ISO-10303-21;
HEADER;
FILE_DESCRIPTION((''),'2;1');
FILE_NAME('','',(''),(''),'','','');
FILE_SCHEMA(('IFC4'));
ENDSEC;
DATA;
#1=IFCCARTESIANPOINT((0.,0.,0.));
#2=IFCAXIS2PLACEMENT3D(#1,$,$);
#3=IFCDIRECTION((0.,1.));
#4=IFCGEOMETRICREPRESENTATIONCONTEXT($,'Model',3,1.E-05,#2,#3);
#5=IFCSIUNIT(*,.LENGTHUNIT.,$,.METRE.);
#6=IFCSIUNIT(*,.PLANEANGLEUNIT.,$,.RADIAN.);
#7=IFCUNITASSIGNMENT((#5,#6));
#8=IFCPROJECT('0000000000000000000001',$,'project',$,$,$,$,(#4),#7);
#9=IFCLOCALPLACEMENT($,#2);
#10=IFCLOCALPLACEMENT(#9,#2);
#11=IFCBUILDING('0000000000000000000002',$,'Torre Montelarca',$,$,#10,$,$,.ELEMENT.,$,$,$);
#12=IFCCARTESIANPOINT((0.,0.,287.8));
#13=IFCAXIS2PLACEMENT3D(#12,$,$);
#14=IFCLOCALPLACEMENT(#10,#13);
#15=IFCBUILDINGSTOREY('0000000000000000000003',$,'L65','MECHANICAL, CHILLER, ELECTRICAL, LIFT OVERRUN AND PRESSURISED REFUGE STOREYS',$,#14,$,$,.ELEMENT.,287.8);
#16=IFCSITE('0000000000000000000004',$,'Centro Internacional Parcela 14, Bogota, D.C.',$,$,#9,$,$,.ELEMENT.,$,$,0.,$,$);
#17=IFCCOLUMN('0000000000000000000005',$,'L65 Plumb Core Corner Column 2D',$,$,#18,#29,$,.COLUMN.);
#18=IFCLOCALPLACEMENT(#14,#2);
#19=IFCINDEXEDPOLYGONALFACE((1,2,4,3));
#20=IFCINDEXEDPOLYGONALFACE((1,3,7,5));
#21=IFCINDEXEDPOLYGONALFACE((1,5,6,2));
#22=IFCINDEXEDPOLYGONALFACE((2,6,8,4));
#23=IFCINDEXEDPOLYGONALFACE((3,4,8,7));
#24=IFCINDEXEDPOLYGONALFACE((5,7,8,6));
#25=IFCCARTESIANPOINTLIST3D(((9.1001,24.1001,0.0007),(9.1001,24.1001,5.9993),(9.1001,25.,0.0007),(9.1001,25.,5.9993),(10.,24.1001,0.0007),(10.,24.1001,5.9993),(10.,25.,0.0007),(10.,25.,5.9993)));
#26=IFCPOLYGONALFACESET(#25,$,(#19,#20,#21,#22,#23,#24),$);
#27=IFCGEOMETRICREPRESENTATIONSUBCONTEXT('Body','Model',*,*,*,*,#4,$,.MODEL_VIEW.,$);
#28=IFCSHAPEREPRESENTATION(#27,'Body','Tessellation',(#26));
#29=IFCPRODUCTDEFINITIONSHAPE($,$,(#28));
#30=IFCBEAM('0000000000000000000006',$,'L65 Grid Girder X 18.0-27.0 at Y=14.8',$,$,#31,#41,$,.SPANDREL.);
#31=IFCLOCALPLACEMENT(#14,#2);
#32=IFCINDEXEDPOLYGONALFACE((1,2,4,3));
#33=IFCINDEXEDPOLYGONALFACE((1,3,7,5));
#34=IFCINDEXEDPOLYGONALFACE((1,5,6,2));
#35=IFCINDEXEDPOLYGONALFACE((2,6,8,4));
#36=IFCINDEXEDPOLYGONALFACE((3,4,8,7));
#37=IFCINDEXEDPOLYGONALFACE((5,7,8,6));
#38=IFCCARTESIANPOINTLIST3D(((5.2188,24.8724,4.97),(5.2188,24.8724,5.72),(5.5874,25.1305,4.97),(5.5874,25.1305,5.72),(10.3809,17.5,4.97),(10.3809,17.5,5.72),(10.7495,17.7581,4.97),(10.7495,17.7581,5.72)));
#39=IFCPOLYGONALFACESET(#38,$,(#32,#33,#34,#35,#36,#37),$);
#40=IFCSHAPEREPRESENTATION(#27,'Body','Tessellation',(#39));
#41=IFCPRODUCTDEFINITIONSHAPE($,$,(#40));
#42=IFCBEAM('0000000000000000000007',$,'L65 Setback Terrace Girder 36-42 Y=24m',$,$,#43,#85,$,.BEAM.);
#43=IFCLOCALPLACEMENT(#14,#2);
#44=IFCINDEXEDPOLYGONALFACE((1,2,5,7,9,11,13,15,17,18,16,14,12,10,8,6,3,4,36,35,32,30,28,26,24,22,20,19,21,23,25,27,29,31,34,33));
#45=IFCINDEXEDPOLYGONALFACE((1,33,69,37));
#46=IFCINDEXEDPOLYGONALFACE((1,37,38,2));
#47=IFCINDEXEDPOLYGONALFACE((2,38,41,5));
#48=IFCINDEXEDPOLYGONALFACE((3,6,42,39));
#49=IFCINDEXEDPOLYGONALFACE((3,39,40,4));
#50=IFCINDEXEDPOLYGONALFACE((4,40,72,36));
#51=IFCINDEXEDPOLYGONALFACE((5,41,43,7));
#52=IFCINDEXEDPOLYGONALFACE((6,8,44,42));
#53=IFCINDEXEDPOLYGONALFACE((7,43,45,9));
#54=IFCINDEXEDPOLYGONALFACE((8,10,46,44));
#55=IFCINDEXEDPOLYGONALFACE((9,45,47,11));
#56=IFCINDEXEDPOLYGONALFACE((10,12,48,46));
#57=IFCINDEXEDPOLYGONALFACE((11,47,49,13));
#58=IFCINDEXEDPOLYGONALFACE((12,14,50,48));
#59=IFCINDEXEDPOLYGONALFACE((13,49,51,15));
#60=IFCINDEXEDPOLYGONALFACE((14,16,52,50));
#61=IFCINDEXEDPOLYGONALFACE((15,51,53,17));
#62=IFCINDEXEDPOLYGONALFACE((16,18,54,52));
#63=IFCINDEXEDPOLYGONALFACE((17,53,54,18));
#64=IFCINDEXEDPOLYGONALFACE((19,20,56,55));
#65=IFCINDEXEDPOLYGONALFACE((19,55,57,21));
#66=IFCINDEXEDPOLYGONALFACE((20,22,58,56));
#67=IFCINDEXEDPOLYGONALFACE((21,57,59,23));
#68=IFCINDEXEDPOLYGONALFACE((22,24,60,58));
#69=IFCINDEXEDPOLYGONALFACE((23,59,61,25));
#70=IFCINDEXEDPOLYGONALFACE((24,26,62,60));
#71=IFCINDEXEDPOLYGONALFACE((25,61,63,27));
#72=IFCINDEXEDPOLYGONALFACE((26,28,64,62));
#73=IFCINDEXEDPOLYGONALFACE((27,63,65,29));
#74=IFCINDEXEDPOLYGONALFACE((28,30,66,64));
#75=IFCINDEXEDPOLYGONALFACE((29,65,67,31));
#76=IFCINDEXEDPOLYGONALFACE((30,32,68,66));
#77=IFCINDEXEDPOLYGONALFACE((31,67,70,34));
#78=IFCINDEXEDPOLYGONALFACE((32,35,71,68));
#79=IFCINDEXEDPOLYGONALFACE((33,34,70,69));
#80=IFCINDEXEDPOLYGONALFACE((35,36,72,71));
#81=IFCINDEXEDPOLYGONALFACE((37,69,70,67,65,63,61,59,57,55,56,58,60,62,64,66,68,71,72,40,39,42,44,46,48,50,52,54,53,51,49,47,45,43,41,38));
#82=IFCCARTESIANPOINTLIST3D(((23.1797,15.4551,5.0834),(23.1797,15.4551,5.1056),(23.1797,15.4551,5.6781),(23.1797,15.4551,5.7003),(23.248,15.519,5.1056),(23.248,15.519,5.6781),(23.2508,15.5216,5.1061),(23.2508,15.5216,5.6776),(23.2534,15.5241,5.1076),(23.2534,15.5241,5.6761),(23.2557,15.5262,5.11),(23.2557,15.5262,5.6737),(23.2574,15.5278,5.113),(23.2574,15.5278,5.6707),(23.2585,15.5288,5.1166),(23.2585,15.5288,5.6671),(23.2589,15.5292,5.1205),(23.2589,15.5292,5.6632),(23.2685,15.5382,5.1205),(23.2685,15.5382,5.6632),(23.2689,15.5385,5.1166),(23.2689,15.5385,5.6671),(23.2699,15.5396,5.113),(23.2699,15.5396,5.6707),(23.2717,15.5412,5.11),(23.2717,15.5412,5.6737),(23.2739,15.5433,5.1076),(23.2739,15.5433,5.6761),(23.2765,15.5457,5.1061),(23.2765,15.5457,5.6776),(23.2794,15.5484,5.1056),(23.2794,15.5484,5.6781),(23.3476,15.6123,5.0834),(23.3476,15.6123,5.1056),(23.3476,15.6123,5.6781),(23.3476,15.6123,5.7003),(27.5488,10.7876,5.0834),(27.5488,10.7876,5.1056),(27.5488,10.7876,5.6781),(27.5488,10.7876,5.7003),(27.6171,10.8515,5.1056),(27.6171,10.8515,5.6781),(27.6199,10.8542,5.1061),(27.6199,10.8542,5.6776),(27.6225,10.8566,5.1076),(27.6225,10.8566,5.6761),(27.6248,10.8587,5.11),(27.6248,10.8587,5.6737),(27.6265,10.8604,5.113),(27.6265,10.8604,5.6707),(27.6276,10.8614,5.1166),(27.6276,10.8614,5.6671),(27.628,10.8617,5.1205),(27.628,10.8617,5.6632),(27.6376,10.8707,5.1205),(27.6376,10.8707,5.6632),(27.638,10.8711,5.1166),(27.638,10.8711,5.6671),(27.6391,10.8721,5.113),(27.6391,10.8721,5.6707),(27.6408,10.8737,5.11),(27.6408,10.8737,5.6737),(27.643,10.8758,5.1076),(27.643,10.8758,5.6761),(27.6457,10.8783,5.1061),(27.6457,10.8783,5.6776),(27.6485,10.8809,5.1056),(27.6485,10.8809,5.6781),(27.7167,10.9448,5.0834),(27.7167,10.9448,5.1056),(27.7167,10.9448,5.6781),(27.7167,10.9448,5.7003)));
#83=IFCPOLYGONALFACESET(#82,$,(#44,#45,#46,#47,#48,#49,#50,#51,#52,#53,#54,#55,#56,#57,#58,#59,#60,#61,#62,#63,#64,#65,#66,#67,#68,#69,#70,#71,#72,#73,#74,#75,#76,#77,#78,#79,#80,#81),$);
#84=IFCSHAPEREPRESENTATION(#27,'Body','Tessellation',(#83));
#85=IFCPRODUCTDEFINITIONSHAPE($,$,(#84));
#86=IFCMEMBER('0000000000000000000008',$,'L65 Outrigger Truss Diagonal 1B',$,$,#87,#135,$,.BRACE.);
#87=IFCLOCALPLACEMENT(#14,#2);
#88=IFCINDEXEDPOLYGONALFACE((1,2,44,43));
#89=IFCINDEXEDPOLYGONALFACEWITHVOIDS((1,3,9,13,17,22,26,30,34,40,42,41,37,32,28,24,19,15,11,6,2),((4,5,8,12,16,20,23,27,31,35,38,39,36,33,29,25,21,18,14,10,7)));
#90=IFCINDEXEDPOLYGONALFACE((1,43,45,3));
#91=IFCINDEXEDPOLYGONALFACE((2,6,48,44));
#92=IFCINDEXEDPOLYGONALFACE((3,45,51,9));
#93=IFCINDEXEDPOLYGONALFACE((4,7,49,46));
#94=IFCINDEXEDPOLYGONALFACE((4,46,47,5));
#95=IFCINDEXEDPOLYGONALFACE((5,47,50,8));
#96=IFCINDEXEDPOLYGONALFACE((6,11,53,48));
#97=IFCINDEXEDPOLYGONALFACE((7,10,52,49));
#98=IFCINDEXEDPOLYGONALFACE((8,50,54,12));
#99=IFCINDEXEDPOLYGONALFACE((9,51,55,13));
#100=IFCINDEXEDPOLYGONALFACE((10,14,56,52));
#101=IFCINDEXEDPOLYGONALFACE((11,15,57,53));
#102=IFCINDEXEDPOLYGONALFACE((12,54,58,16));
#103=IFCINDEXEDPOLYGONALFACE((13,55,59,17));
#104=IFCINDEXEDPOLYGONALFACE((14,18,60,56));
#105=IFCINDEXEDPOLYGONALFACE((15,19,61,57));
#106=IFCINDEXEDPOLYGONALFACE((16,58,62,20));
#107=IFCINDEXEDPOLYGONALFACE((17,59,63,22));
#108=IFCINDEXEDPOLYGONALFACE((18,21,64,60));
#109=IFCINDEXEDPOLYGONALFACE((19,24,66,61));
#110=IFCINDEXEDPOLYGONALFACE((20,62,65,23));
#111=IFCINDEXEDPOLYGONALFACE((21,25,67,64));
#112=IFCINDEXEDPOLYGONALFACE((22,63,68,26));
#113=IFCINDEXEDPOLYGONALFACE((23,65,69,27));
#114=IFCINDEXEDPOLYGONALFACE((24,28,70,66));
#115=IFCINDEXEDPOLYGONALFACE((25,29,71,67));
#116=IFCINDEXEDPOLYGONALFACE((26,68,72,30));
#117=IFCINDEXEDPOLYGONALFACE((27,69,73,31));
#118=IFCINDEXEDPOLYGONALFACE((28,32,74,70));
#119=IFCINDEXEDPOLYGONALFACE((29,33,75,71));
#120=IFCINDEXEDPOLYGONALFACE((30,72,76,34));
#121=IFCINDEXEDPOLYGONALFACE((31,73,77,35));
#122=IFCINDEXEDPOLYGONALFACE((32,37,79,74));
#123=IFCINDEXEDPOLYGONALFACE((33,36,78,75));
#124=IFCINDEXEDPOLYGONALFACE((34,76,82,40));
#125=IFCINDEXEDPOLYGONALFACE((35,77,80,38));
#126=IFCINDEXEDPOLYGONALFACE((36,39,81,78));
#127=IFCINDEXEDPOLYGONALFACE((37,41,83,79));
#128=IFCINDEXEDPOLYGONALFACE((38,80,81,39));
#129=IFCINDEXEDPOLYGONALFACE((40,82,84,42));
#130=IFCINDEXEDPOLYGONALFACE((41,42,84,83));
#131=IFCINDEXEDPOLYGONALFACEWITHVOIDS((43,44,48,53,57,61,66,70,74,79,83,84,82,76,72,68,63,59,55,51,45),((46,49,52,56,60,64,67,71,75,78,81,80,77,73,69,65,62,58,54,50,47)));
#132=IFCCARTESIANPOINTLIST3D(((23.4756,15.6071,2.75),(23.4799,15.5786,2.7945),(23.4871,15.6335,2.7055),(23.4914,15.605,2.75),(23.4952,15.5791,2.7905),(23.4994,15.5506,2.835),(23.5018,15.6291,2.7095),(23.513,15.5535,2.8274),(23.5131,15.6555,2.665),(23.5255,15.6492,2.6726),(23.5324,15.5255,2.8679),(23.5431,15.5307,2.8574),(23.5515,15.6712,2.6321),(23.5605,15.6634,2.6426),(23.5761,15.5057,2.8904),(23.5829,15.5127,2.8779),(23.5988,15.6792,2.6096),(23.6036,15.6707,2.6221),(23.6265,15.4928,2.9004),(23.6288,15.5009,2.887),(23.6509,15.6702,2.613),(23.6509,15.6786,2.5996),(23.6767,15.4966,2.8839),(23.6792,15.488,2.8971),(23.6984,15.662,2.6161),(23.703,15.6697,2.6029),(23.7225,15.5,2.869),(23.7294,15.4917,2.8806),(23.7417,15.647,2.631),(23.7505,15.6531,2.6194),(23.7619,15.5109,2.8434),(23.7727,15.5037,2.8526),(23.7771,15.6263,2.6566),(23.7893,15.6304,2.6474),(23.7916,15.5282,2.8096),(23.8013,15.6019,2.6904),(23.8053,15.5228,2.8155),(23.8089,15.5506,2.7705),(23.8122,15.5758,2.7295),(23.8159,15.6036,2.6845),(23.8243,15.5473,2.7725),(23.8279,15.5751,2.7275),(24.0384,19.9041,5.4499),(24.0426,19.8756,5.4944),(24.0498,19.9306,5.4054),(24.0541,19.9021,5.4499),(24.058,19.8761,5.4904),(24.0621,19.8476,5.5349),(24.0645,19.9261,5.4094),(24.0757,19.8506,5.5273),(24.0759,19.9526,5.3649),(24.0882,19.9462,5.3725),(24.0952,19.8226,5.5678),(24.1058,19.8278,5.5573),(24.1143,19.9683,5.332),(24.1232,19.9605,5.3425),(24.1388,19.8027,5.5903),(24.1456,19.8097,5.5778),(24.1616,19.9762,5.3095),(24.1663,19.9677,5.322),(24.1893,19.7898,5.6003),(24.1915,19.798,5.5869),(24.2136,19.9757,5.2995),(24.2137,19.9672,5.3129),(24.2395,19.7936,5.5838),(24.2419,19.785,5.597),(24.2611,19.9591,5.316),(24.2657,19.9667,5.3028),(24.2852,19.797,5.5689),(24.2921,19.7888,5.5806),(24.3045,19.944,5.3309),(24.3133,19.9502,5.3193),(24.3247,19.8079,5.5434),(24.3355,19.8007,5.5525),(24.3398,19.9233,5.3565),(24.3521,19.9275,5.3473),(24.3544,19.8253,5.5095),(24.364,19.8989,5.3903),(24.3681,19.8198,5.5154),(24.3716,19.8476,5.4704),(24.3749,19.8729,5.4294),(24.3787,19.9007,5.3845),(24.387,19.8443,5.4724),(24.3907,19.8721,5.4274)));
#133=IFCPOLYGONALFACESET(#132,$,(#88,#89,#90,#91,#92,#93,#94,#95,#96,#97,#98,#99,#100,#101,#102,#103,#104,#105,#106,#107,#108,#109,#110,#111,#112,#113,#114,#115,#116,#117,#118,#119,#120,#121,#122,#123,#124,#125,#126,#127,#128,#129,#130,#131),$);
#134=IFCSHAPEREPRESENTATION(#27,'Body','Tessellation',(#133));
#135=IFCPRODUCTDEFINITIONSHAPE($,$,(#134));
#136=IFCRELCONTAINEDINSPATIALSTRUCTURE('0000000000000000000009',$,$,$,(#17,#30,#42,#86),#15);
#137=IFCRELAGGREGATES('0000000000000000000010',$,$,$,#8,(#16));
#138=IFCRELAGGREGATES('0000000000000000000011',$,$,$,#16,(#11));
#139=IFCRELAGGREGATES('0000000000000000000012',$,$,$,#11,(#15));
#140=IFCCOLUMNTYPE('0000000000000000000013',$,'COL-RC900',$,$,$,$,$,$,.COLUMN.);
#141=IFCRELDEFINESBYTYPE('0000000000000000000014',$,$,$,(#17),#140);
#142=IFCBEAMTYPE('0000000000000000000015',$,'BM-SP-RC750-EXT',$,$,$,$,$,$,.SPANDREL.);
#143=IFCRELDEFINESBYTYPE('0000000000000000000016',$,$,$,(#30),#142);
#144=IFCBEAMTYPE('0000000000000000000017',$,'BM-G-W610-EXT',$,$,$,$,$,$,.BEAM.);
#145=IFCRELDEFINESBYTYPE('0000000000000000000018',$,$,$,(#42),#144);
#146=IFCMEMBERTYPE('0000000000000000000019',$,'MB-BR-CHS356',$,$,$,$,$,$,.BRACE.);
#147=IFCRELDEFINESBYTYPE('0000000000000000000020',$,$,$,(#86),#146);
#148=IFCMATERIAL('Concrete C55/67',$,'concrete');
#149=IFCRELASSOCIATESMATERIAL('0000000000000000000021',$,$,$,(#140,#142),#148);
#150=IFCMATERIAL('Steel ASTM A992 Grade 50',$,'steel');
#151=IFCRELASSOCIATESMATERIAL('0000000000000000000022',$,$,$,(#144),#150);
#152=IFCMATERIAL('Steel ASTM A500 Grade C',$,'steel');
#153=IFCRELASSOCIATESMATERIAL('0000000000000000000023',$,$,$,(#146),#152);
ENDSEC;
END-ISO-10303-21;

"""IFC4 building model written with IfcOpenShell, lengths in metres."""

from ifc_helpers import new_model, si_unit, direction, frame, origin, origin_2d, place, context, subcontext, project, spatial, rectangle, hollow_circle, i_section, extrude, source, transform, mapped, material, material_profile, profile_set, type_object, element, save


model = new_model("IFC4")

# Units and contexts
model_context = context("Model", 3, precision=1e-05, world=origin(), true_north=direction((0.0, 1.0)))
body_context = subcontext(model_context, "Body", "Model", "MODEL_VIEW")
ifc_project = project(units=[si_unit("LENGTHUNIT", "METRE"), si_unit("PLANEANGLEUNIT", "RADIAN")], contexts=[model_context])

# Site, building, storey
site_placement = place(None, origin())
site = spatial("IfcSite", under=ifc_project, at=site_placement, Name="Centro Internacional Parcela 14, Bogota, D.C.", CompositionType="ELEMENT", RefElevation=0.0)
building_placement = place(site_placement, origin())
building = spatial("IfcBuilding", under=site, at=building_placement, Name="Torre Montelarca", CompositionType="ELEMENT")
storey_placement = place(building_placement, frame((0.0, 0.0, 287.8)))
storey = spatial("IfcBuildingStorey", under=building, at=storey_placement, Name="L65", Description="MECHANICAL, CHILLER, ELECTRICAL, LIFT OVERRUN AND PRESSURISED REFUGE STOREYS", CompositionType="ELEMENT", Elevation=287.8)

# Column
ifc_material_1 = material(Name="Concrete C55/67", Category="concrete")
ifc_material_profile_1 = material_profile(ifc_material_1, rectangle(XDim=0.8999, YDim=0.8999, at=origin_2d()), Name="RC900X900", Category="concrete")
ifc_profile_set_1 = profile_set([ifc_material_profile_1], Name="Concrete C55/67")
column_type_1 = type_object("IfcColumnType", Name="COL-RC900", PredefinedType="COLUMN", material=ifc_profile_set_1)
shared_shape_1 = source(origin(), body_context, "Body", "SweptSolid", [
    extrude(rectangle(XDim=0.8999, YDim=0.8999, at=origin_2d()), origin(), (0.0, 0.0, 1.0), 5.9985),
])
column_1_placement = place(storey_placement, frame((9.55, 24.55, 0.0007), z_axis=(0.0, 0.0, 1.0), x_axis=(1.0, 0.0, 0.0)))
element("IfcColumn", 1, at=column_1_placement, inside=storey, type_object=column_type_1, Name="L65 Plumb Core Corner Column 2D", PredefinedType="COLUMN", context=body_context, shape_type="MappedRepresentation", body=[
    mapped(shared_shape_1, transform((0.0, 0.0, 0.0), scale=1.0)),
])

# Beams
ifc_material_profile_2 = material_profile(ifc_material_1, rectangle(XDim=0.45, YDim=0.75, at=origin_2d()), Name="RCB450X750", Category="concrete")
ifc_profile_set_2 = profile_set([ifc_material_profile_2], Name="Concrete C55/67")
beam_type_1 = type_object("IfcBeamType", Name="BM-SP-RC750-EXT", PredefinedType="SPANDREL", material=ifc_profile_set_2)
shared_shape_2 = source(origin(), body_context, "Body", "SweptSolid", [
    extrude(rectangle(XDim=0.45, YDim=0.75, at=origin_2d()), origin(), (0.0, 0.0, 1.0), 9.0),
])
beam_1_placement = place(storey_placement, frame((5.4031, 25.0015, 5.345), z_axis=(0.573573, -0.819154, 0.0), x_axis=(0.819154, 0.573573, 0.0)))
element("IfcBeam", 2, at=beam_1_placement, inside=storey, type_object=beam_type_1, Name="L65 Grid Girder X 18.0-27.0 at Y=14.8", PredefinedType="SPANDREL", context=body_context, shape_type="MappedRepresentation", body=[
    mapped(shared_shape_2, transform((0.0, 0.0, 0.0), scale=1.0)),
])
ifc_material_2 = material(Name="Steel ASTM A992 Grade 50", Category="steel")
ifc_material_profile_3 = material_profile(ifc_material_2, i_section(OverallWidth=0.23, OverallDepth=0.6169, WebThickness=0.0132, FlangeThickness=0.0222, FilletRadius=0.0149, at=origin_2d()), Name="W610X140", Category="steel")
ifc_profile_set_3 = profile_set([ifc_material_profile_3], Name="Steel ASTM A992 Grade 50")
beam_type_2 = type_object("IfcBeamType", Name="BM-G-W610-EXT", PredefinedType="BEAM", material=ifc_profile_set_3)
shared_shape_3 = source(origin(), body_context, "Body", "SweptSolid", [
    extrude(i_section(OverallWidth=0.23, OverallDepth=0.6169, WebThickness=0.0132, FlangeThickness=0.0222, FilletRadius=0.0149, at=origin_2d()), origin(), (0.0, 0.0, 1.0), 6.3933),
])
beam_2_placement = place(storey_placement, frame((23.2637, 15.5337, 5.3918), z_axis=(0.68339, -0.730054, 0.0), x_axis=(0.730054, 0.68339, 0.0)))
element("IfcBeam", 3, at=beam_2_placement, inside=storey, type_object=beam_type_2, Name="L65 Setback Terrace Girder 36-42 Y=24m", PredefinedType="BEAM", context=body_context, shape_type="MappedRepresentation", body=[
    mapped(shared_shape_3, transform((0.0, 0.0, 0.0), scale=1.0)),
])

# Member
ifc_material_3 = material(Name="Steel ASTM A500 Grade C", Category="steel")
ifc_material_profile_4 = material_profile(ifc_material_3, hollow_circle(Radius=0.1777, WallThickness=0.0159, at=origin_2d()), Name="HSS355.6X15.9", Category="steel")
ifc_profile_set_4 = profile_set([ifc_material_profile_4], Name="Steel ASTM A500 Grade C")
member_type_1 = type_object("IfcMemberType", Name="MB-BR-CHS356", PredefinedType="BRACE", material=ifc_profile_set_4)
shared_shape_4 = source(origin(), body_context, "Body", "SweptSolid", [
    extrude(hollow_circle(Radius=0.1777, WallThickness=0.0159, at=origin_2d()), origin(), (0.0, 0.0, 1.0), 5.106),
])
member_1_placement = place(storey_placement, frame((23.6519, 15.584, 2.75), z_axis=(0.110211, 0.841576, 0.528776), x_axis=(-0.991534, 0.12985, 0.0)))
element("IfcMember", 4, at=member_1_placement, inside=storey, type_object=member_type_1, Name="L65 Outrigger Truss Diagonal 1B", PredefinedType="BRACE", context=body_context, shape_type="MappedRepresentation", body=[
    mapped(shared_shape_4, transform((0.0, 0.0, 0.0), scale=1.0)),
])

save(model, "model.ifc")
